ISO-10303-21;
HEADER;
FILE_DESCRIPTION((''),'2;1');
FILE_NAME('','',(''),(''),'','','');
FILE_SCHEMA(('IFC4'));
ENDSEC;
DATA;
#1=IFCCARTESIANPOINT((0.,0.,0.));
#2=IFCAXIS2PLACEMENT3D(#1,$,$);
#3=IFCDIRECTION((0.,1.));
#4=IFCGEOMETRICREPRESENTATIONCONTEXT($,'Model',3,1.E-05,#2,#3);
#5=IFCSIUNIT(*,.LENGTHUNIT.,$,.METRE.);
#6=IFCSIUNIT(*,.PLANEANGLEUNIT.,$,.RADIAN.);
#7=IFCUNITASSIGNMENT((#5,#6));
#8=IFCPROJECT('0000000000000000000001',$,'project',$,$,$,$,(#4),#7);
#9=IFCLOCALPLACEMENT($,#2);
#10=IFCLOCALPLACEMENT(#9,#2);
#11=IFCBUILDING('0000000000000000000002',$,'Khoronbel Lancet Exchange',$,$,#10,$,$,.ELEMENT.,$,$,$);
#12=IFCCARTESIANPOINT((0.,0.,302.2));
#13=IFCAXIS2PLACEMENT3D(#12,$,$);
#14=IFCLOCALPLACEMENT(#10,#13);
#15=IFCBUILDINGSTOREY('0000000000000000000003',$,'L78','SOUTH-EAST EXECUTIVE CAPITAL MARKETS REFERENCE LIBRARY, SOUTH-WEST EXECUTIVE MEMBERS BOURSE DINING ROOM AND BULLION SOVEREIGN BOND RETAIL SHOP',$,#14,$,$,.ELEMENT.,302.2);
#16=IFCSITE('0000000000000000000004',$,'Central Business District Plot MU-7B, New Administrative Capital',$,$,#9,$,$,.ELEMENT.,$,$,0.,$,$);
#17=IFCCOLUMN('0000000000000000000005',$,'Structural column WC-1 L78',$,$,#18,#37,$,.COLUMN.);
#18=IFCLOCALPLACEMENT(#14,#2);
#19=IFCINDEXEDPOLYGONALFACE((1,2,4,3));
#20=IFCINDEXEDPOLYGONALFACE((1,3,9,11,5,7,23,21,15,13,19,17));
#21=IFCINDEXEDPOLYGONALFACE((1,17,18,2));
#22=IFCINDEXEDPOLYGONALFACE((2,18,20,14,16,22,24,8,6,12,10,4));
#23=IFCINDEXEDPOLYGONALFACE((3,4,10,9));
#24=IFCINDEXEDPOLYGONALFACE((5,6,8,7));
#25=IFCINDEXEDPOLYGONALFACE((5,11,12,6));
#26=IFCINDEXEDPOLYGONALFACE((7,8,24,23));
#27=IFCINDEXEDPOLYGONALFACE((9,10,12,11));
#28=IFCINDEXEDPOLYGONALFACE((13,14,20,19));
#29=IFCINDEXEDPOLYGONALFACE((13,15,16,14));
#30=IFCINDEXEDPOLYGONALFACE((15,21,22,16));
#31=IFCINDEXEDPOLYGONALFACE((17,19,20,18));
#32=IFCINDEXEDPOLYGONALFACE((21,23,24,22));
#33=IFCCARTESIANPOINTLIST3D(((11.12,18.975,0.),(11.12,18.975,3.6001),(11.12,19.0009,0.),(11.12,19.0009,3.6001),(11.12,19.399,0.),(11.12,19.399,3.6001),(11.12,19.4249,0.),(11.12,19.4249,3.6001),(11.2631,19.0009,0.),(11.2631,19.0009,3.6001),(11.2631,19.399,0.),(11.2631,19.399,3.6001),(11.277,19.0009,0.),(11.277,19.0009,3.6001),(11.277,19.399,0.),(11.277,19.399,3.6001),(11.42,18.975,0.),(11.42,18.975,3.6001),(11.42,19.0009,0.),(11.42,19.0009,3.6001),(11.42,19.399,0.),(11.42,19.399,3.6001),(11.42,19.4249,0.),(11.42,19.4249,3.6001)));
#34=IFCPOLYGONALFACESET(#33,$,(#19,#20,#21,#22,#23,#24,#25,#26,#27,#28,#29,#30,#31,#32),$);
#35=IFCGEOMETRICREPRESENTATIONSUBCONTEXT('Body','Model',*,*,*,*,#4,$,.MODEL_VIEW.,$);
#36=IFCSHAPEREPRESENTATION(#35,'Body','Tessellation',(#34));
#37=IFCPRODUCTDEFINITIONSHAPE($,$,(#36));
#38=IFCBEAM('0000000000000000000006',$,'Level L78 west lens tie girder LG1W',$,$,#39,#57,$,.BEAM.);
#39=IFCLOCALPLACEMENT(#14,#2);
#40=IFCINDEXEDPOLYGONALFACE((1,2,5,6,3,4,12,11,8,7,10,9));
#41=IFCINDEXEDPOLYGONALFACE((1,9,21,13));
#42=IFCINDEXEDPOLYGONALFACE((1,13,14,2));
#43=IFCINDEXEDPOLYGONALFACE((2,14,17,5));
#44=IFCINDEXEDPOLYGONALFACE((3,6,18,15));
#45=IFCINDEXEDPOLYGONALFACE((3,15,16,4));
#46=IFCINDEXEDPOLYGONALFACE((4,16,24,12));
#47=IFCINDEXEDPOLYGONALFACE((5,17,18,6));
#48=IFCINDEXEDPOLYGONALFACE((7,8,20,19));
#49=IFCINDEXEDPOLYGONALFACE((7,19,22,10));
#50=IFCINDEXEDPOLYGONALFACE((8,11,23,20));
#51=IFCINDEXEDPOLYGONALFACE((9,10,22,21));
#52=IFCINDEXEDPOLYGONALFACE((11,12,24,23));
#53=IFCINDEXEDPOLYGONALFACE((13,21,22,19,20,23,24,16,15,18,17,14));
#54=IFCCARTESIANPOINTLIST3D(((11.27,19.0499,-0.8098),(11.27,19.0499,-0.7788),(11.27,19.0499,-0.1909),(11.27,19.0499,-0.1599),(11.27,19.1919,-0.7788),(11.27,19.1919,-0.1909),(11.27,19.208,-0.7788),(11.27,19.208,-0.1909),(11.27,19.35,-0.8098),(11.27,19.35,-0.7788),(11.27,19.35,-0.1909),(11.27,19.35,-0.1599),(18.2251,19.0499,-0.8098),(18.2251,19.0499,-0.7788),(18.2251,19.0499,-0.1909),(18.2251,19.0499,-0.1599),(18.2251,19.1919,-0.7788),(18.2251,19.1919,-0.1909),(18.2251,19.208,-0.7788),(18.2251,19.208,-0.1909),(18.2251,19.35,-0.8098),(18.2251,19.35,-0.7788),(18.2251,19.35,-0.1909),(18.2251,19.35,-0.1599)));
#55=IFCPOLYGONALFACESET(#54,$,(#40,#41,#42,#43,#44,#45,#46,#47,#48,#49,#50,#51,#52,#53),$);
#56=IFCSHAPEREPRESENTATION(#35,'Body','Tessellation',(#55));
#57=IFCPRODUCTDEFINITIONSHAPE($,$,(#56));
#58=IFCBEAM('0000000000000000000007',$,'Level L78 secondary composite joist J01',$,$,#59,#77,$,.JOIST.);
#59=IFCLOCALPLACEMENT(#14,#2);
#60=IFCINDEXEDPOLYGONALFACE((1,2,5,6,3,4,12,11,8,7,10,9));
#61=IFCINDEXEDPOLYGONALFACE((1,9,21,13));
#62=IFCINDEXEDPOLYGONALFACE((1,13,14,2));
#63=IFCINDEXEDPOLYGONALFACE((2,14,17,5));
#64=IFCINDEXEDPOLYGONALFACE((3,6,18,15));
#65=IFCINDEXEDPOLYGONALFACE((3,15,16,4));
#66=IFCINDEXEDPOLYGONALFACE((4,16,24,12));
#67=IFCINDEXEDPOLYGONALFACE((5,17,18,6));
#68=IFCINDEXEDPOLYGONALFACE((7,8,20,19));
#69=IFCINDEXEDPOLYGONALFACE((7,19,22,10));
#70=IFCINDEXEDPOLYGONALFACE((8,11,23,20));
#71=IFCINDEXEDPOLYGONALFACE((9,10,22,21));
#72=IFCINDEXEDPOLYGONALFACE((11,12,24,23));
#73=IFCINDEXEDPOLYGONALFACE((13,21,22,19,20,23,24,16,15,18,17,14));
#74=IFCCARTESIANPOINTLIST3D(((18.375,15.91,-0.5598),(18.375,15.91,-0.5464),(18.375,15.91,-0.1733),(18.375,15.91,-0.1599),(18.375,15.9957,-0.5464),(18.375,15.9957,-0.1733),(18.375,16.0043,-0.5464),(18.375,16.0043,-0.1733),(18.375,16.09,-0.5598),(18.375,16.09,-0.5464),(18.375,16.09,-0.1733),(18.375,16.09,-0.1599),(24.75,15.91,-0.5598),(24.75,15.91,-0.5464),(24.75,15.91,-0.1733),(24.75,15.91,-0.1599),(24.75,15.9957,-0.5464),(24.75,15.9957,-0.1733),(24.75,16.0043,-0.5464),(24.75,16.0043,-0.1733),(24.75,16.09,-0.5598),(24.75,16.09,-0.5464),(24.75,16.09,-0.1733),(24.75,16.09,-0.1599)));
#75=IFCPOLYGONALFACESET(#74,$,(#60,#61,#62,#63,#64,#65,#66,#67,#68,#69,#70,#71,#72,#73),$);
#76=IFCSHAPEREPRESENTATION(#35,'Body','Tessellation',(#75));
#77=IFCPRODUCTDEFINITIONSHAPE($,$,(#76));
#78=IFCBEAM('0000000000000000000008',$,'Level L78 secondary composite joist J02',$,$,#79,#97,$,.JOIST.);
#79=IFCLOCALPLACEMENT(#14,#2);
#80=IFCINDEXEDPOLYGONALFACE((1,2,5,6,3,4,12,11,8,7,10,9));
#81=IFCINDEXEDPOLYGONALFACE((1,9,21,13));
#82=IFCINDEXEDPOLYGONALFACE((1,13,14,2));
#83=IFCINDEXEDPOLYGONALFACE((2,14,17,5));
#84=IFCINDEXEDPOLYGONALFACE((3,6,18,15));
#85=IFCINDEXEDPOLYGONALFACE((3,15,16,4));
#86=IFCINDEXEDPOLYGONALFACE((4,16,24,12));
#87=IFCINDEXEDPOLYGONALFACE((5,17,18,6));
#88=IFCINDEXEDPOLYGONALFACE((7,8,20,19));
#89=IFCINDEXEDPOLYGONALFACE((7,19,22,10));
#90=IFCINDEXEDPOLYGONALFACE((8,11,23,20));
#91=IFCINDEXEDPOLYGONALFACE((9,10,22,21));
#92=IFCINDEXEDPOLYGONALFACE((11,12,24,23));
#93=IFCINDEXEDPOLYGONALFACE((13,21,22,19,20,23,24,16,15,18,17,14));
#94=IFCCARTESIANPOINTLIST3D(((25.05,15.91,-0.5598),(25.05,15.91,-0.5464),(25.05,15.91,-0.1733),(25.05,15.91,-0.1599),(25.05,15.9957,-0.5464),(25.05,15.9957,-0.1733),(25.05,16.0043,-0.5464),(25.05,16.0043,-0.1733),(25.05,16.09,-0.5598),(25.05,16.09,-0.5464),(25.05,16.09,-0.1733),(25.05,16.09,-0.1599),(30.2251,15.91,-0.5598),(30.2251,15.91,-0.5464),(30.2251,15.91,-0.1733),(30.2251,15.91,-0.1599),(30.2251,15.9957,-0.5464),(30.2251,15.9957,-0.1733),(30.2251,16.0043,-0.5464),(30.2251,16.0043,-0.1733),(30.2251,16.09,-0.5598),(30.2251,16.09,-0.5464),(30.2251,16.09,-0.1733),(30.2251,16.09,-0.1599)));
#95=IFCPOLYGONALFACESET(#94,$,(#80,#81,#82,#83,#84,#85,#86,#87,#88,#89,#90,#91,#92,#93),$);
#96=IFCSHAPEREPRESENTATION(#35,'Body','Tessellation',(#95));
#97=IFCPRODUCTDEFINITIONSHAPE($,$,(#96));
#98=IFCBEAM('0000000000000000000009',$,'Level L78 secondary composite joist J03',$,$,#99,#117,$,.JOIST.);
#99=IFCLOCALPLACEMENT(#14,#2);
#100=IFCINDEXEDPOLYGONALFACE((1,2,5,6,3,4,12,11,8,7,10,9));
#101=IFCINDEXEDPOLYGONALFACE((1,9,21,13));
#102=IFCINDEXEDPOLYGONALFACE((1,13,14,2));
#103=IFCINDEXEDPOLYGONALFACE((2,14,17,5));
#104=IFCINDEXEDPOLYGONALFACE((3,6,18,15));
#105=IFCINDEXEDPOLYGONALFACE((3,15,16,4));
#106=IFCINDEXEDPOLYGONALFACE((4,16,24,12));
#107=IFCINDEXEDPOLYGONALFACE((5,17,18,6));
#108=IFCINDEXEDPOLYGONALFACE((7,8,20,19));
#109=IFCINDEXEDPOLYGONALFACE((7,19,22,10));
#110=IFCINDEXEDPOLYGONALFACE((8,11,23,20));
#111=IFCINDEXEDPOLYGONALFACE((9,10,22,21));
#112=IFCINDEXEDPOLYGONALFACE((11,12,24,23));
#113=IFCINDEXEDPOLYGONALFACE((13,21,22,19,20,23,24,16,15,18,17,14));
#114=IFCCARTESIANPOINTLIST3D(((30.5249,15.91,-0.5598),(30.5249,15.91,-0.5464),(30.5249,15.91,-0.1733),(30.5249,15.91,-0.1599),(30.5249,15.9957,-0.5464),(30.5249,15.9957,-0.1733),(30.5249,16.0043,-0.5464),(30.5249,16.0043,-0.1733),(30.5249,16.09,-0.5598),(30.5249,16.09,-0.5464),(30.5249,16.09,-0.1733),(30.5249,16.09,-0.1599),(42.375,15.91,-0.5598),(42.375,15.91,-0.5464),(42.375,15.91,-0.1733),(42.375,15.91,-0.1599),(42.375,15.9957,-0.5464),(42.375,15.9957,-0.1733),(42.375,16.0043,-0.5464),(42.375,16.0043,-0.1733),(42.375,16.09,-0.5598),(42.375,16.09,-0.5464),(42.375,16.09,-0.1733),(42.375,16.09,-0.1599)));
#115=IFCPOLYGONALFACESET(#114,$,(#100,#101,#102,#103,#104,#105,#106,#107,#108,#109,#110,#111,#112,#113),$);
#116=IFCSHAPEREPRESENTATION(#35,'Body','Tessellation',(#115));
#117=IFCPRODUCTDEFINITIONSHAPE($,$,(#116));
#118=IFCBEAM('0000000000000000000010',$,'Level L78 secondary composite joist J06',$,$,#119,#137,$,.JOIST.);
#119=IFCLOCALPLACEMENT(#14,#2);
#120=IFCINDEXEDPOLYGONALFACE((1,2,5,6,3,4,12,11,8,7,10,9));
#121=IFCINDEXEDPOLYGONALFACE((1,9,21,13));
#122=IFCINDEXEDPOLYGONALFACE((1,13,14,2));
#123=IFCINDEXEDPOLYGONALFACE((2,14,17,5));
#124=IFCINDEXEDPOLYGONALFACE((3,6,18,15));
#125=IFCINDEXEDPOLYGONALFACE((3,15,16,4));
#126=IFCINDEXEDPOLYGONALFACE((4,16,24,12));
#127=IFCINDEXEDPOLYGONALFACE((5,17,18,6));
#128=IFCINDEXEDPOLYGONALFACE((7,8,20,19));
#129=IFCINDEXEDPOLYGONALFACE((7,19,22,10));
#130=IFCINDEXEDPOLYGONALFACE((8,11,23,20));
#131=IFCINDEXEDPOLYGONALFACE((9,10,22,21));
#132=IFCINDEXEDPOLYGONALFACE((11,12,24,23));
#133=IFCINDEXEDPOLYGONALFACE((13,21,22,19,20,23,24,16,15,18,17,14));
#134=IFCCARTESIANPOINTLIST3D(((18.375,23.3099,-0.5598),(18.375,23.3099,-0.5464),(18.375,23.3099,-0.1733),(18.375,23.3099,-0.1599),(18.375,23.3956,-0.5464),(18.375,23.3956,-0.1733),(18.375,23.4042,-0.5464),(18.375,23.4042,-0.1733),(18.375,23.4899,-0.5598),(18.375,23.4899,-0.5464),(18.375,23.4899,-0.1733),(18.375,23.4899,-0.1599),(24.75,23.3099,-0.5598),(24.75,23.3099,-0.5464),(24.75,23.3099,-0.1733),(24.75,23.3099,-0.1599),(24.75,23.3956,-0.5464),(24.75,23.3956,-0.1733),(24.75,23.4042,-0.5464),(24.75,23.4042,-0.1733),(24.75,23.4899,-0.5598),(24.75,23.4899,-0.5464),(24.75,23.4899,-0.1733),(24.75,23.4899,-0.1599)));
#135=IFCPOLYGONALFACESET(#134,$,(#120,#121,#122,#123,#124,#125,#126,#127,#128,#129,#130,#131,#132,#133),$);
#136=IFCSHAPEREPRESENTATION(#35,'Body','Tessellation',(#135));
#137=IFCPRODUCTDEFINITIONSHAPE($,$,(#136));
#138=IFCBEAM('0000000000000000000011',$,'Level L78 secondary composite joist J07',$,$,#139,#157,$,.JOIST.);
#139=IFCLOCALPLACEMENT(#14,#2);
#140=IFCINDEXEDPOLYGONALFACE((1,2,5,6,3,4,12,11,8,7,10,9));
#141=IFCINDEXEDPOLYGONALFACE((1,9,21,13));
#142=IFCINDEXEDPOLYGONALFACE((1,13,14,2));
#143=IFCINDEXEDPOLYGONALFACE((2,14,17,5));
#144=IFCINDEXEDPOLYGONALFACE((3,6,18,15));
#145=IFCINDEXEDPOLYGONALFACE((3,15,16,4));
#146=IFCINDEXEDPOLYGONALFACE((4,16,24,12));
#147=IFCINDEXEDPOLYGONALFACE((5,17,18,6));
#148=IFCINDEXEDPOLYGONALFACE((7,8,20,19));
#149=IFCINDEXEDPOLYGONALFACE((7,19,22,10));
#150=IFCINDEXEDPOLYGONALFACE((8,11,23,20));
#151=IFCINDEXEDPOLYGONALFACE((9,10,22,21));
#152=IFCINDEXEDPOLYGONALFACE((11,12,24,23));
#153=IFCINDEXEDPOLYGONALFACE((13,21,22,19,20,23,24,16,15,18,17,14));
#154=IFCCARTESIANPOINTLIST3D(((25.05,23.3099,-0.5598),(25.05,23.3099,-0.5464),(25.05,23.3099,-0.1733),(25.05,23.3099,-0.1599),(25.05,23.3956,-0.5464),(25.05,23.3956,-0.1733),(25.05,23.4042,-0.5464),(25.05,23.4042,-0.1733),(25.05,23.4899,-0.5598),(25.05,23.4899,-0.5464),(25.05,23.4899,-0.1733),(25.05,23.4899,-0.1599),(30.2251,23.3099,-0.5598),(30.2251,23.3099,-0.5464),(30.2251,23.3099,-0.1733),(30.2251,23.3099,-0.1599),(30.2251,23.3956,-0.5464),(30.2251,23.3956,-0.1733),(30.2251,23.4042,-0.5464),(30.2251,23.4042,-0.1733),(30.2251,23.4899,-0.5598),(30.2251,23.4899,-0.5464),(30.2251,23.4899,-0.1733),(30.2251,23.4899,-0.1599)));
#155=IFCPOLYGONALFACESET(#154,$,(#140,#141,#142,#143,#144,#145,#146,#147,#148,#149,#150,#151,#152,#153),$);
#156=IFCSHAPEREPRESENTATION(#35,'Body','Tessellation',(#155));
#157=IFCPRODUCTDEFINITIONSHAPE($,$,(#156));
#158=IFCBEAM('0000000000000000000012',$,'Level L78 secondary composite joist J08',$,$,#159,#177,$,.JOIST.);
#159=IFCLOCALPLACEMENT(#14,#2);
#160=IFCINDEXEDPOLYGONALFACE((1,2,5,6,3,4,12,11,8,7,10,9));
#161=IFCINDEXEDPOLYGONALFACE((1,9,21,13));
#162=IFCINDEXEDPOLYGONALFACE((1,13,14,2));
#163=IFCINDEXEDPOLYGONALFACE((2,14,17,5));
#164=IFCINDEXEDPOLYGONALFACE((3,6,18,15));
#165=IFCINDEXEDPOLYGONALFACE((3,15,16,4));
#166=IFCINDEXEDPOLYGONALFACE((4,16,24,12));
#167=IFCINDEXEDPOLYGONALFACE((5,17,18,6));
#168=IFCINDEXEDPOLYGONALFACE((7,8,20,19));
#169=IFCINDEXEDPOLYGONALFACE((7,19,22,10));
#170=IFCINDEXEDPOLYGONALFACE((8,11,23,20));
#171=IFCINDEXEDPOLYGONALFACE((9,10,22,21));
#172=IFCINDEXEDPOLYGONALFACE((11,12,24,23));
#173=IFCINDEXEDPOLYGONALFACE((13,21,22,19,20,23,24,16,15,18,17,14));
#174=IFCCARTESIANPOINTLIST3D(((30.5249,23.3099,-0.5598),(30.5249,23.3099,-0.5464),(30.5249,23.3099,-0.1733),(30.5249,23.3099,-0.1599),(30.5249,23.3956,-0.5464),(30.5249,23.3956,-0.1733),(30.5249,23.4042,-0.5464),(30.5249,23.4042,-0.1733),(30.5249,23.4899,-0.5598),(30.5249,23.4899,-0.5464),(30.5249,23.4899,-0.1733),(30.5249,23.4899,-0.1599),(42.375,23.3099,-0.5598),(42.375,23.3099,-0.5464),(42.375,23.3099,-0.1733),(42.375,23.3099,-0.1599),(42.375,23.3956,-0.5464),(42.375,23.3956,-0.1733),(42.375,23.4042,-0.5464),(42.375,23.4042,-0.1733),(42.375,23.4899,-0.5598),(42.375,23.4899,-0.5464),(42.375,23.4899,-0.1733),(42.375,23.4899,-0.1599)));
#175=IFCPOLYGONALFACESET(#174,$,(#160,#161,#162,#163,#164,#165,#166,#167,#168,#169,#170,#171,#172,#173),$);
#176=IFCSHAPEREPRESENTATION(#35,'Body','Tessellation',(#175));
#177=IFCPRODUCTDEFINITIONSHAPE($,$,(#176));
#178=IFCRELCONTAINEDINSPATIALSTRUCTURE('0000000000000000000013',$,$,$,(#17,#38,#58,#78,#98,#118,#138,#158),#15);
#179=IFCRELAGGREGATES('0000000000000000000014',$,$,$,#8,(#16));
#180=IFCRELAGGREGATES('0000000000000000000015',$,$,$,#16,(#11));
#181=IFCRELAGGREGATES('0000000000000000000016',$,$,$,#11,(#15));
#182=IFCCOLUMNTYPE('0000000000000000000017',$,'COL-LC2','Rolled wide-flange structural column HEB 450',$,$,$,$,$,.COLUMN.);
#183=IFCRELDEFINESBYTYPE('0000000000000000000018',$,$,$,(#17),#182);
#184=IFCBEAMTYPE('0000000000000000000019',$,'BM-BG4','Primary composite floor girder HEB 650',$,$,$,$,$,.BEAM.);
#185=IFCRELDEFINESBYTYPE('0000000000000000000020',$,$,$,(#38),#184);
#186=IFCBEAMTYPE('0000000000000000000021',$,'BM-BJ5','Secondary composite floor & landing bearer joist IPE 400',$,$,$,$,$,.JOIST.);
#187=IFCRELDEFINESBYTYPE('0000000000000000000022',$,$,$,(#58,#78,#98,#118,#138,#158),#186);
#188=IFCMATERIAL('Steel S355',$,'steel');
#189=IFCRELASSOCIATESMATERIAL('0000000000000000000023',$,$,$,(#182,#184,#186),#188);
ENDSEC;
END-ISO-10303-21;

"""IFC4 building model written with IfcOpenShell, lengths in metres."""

from ifc_helpers import new_model, si_unit, direction, frame, origin, origin_2d, place, context, subcontext, project, spatial, i_section, extrude, material, material_profile, profile_set, type_object, element, save


model = new_model("IFC4")

# Units and contexts
model_context = context("Model", 3, precision=1e-05, world=origin(), true_north=direction((0.0, 1.0)))
body_context = subcontext(model_context, "Body", "Model", "MODEL_VIEW")
ifc_project = project(units=[si_unit("LENGTHUNIT", "METRE"), si_unit("PLANEANGLEUNIT", "RADIAN")], contexts=[model_context])

# Site, building, storey
site_placement = place(None, origin())
site = spatial("IfcSite", under=ifc_project, at=site_placement, Name="Central Business District Plot MU-7B, New Administrative Capital", CompositionType="ELEMENT", RefElevation=0.0)
building_placement = place(site_placement, origin())
building = spatial("IfcBuilding", under=site, at=building_placement, Name="Khoronbel Lancet Exchange", CompositionType="ELEMENT")
storey_placement = place(building_placement, frame((0.0, 0.0, 302.2)))
storey = spatial("IfcBuildingStorey", under=building, at=storey_placement, Name="L78", Description="SOUTH-EAST EXECUTIVE CAPITAL MARKETS REFERENCE LIBRARY, SOUTH-WEST EXECUTIVE MEMBERS BOURSE DINING ROOM AND BULLION SOVEREIGN BOND RETAIL SHOP", CompositionType="ELEMENT", Elevation=302.2)

# Column
ifc_material_1 = material(Name="Steel S355", Category="steel")
ifc_material_profile_1 = material_profile(ifc_material_1, i_section(OverallWidth=0.3, OverallDepth=0.45, WebThickness=0.0139, FlangeThickness=0.0259, at=origin_2d()), Name="HEB 450")
ifc_profile_set_1 = profile_set([ifc_material_profile_1], Name="Steel S355")
column_type = type_object("IfcColumnType", Name="COL-LC2", Description="Rolled wide-flange structural column HEB 450", PredefinedType="COLUMN", material=ifc_profile_set_1)
column_placement = place(storey_placement, frame((11.27, 19.2, 0.0), z_axis=(0.0, 0.0, 1.0), x_axis=(1.0, 0.0, 0.0)))
element("IfcColumn", 1, at=column_placement, inside=storey, type_object=column_type, Name="Structural column WC-1 L78", PredefinedType="COLUMN", context=body_context, shape_type="SweptSolid", body=[
    extrude(i_section(OverallWidth=0.3, OverallDepth=0.45, WebThickness=0.0139, FlangeThickness=0.0259, at=origin_2d()), origin(), (0.0, 0.0, 1.0), 3.6001),
])

# Beams
ifc_material_profile_2 = material_profile(ifc_material_1, i_section(OverallWidth=0.3, OverallDepth=0.6499, WebThickness=0.0161, FlangeThickness=0.031, at=origin_2d()), Name="HEB 650")
ifc_profile_set_2 = profile_set([ifc_material_profile_2], Name="Steel S355")
beam_type_1 = type_object("IfcBeamType", Name="BM-BG4", Description="Primary composite floor girder HEB 650", PredefinedType="BEAM", material=ifc_profile_set_2)
beam_1_placement = place(storey_placement, frame((11.27, 19.2, -0.4849), z_axis=(1.0, 0.0, 0.0), x_axis=(0.0, 1.0, 0.0)))
element("IfcBeam", 2, at=beam_1_placement, inside=storey, type_object=beam_type_1, Name="Level L78 west lens tie girder LG1W", PredefinedType="BEAM", context=body_context, shape_type="SweptSolid", body=[
    extrude(i_section(OverallWidth=0.3, OverallDepth=0.6499, WebThickness=0.0161, FlangeThickness=0.031, at=origin_2d()), origin(), (0.0, 0.0, 1.0), 6.9551),
])
ifc_material_profile_3 = material_profile(ifc_material_1, i_section(OverallWidth=0.1799, OverallDepth=0.3999, WebThickness=0.0085, FlangeThickness=0.0134, at=origin_2d()), Name="IPE 400")
ifc_profile_set_3 = profile_set([ifc_material_profile_3], Name="Steel S355")
beam_type_2 = type_object("IfcBeamType", Name="BM-BJ5", Description="Secondary composite floor & landing bearer joist IPE 400", PredefinedType="JOIST", material=ifc_profile_set_3)
beam_2_placement = place(storey_placement, frame((18.375, 16.0, -0.3599), z_axis=(1.0, 0.0, 0.0), x_axis=(0.0, 1.0, 0.0)))
element("IfcBeam", 3, at=beam_2_placement, inside=storey, type_object=beam_type_2, Name="Level L78 secondary composite joist J01", PredefinedType="JOIST", context=body_context, shape_type="SweptSolid", body=[
    extrude(i_section(OverallWidth=0.1799, OverallDepth=0.3999, WebThickness=0.0085, FlangeThickness=0.0134, at=origin_2d()), origin(), (0.0, 0.0, 1.0), 6.375),
])
beam_3_placement = place(storey_placement, frame((25.05, 16.0, -0.3599), z_axis=(1.0, 0.0, 0.0), x_axis=(0.0, 1.0, 0.0)))
element("IfcBeam", 4, at=beam_3_placement, inside=storey, type_object=beam_type_2, Name="Level L78 secondary composite joist J02", PredefinedType="JOIST", context=body_context, shape_type="SweptSolid", body=[
    extrude(i_section(OverallWidth=0.1799, OverallDepth=0.3999, WebThickness=0.0085, FlangeThickness=0.0134, at=origin_2d()), origin(), (0.0, 0.0, 1.0), 5.175),
])
beam_4_placement = place(storey_placement, frame((30.5249, 16.0, -0.3599), z_axis=(1.0, 0.0, 0.0), x_axis=(0.0, 1.0, 0.0)))
element("IfcBeam", 5, at=beam_4_placement, inside=storey, type_object=beam_type_2, Name="Level L78 secondary composite joist J03", PredefinedType="JOIST", context=body_context, shape_type="SweptSolid", body=[
    extrude(i_section(OverallWidth=0.1799, OverallDepth=0.3999, WebThickness=0.0085, FlangeThickness=0.0134, at=origin_2d()), origin(), (0.0, 0.0, 1.0), 11.8501),
])
beam_5_placement = place(storey_placement, frame((18.375, 23.3999, -0.3599), z_axis=(1.0, 0.0, 0.0), x_axis=(0.0, 1.0, 0.0)))
element("IfcBeam", 6, at=beam_5_placement, inside=storey, type_object=beam_type_2, Name="Level L78 secondary composite joist J06", PredefinedType="JOIST", context=body_context, shape_type="SweptSolid", body=[
    extrude(i_section(OverallWidth=0.1799, OverallDepth=0.3999, WebThickness=0.0085, FlangeThickness=0.0134, at=origin_2d()), origin(), (0.0, 0.0, 1.0), 6.375),
])
beam_6_placement = place(storey_placement, frame((25.05, 23.3999, -0.3599), z_axis=(1.0, 0.0, 0.0), x_axis=(0.0, 1.0, 0.0)))
element("IfcBeam", 7, at=beam_6_placement, inside=storey, type_object=beam_type_2, Name="Level L78 secondary composite joist J07", PredefinedType="JOIST", context=body_context, shape_type="SweptSolid", body=[
    extrude(i_section(OverallWidth=0.1799, OverallDepth=0.3999, WebThickness=0.0085, FlangeThickness=0.0134, at=origin_2d()), origin(), (0.0, 0.0, 1.0), 5.175),
])
beam_7_placement = place(storey_placement, frame((30.5249, 23.3999, -0.3599), z_axis=(1.0, 0.0, 0.0), x_axis=(0.0, 1.0, 0.0)))
element("IfcBeam", 8, at=beam_7_placement, inside=storey, type_object=beam_type_2, Name="Level L78 secondary composite joist J08", PredefinedType="JOIST", context=body_context, shape_type="SweptSolid", body=[
    extrude(i_section(OverallWidth=0.1799, OverallDepth=0.3999, WebThickness=0.0085, FlangeThickness=0.0134, at=origin_2d()), origin(), (0.0, 0.0, 1.0), 11.8501),
])

save(model, "model.ifc")
